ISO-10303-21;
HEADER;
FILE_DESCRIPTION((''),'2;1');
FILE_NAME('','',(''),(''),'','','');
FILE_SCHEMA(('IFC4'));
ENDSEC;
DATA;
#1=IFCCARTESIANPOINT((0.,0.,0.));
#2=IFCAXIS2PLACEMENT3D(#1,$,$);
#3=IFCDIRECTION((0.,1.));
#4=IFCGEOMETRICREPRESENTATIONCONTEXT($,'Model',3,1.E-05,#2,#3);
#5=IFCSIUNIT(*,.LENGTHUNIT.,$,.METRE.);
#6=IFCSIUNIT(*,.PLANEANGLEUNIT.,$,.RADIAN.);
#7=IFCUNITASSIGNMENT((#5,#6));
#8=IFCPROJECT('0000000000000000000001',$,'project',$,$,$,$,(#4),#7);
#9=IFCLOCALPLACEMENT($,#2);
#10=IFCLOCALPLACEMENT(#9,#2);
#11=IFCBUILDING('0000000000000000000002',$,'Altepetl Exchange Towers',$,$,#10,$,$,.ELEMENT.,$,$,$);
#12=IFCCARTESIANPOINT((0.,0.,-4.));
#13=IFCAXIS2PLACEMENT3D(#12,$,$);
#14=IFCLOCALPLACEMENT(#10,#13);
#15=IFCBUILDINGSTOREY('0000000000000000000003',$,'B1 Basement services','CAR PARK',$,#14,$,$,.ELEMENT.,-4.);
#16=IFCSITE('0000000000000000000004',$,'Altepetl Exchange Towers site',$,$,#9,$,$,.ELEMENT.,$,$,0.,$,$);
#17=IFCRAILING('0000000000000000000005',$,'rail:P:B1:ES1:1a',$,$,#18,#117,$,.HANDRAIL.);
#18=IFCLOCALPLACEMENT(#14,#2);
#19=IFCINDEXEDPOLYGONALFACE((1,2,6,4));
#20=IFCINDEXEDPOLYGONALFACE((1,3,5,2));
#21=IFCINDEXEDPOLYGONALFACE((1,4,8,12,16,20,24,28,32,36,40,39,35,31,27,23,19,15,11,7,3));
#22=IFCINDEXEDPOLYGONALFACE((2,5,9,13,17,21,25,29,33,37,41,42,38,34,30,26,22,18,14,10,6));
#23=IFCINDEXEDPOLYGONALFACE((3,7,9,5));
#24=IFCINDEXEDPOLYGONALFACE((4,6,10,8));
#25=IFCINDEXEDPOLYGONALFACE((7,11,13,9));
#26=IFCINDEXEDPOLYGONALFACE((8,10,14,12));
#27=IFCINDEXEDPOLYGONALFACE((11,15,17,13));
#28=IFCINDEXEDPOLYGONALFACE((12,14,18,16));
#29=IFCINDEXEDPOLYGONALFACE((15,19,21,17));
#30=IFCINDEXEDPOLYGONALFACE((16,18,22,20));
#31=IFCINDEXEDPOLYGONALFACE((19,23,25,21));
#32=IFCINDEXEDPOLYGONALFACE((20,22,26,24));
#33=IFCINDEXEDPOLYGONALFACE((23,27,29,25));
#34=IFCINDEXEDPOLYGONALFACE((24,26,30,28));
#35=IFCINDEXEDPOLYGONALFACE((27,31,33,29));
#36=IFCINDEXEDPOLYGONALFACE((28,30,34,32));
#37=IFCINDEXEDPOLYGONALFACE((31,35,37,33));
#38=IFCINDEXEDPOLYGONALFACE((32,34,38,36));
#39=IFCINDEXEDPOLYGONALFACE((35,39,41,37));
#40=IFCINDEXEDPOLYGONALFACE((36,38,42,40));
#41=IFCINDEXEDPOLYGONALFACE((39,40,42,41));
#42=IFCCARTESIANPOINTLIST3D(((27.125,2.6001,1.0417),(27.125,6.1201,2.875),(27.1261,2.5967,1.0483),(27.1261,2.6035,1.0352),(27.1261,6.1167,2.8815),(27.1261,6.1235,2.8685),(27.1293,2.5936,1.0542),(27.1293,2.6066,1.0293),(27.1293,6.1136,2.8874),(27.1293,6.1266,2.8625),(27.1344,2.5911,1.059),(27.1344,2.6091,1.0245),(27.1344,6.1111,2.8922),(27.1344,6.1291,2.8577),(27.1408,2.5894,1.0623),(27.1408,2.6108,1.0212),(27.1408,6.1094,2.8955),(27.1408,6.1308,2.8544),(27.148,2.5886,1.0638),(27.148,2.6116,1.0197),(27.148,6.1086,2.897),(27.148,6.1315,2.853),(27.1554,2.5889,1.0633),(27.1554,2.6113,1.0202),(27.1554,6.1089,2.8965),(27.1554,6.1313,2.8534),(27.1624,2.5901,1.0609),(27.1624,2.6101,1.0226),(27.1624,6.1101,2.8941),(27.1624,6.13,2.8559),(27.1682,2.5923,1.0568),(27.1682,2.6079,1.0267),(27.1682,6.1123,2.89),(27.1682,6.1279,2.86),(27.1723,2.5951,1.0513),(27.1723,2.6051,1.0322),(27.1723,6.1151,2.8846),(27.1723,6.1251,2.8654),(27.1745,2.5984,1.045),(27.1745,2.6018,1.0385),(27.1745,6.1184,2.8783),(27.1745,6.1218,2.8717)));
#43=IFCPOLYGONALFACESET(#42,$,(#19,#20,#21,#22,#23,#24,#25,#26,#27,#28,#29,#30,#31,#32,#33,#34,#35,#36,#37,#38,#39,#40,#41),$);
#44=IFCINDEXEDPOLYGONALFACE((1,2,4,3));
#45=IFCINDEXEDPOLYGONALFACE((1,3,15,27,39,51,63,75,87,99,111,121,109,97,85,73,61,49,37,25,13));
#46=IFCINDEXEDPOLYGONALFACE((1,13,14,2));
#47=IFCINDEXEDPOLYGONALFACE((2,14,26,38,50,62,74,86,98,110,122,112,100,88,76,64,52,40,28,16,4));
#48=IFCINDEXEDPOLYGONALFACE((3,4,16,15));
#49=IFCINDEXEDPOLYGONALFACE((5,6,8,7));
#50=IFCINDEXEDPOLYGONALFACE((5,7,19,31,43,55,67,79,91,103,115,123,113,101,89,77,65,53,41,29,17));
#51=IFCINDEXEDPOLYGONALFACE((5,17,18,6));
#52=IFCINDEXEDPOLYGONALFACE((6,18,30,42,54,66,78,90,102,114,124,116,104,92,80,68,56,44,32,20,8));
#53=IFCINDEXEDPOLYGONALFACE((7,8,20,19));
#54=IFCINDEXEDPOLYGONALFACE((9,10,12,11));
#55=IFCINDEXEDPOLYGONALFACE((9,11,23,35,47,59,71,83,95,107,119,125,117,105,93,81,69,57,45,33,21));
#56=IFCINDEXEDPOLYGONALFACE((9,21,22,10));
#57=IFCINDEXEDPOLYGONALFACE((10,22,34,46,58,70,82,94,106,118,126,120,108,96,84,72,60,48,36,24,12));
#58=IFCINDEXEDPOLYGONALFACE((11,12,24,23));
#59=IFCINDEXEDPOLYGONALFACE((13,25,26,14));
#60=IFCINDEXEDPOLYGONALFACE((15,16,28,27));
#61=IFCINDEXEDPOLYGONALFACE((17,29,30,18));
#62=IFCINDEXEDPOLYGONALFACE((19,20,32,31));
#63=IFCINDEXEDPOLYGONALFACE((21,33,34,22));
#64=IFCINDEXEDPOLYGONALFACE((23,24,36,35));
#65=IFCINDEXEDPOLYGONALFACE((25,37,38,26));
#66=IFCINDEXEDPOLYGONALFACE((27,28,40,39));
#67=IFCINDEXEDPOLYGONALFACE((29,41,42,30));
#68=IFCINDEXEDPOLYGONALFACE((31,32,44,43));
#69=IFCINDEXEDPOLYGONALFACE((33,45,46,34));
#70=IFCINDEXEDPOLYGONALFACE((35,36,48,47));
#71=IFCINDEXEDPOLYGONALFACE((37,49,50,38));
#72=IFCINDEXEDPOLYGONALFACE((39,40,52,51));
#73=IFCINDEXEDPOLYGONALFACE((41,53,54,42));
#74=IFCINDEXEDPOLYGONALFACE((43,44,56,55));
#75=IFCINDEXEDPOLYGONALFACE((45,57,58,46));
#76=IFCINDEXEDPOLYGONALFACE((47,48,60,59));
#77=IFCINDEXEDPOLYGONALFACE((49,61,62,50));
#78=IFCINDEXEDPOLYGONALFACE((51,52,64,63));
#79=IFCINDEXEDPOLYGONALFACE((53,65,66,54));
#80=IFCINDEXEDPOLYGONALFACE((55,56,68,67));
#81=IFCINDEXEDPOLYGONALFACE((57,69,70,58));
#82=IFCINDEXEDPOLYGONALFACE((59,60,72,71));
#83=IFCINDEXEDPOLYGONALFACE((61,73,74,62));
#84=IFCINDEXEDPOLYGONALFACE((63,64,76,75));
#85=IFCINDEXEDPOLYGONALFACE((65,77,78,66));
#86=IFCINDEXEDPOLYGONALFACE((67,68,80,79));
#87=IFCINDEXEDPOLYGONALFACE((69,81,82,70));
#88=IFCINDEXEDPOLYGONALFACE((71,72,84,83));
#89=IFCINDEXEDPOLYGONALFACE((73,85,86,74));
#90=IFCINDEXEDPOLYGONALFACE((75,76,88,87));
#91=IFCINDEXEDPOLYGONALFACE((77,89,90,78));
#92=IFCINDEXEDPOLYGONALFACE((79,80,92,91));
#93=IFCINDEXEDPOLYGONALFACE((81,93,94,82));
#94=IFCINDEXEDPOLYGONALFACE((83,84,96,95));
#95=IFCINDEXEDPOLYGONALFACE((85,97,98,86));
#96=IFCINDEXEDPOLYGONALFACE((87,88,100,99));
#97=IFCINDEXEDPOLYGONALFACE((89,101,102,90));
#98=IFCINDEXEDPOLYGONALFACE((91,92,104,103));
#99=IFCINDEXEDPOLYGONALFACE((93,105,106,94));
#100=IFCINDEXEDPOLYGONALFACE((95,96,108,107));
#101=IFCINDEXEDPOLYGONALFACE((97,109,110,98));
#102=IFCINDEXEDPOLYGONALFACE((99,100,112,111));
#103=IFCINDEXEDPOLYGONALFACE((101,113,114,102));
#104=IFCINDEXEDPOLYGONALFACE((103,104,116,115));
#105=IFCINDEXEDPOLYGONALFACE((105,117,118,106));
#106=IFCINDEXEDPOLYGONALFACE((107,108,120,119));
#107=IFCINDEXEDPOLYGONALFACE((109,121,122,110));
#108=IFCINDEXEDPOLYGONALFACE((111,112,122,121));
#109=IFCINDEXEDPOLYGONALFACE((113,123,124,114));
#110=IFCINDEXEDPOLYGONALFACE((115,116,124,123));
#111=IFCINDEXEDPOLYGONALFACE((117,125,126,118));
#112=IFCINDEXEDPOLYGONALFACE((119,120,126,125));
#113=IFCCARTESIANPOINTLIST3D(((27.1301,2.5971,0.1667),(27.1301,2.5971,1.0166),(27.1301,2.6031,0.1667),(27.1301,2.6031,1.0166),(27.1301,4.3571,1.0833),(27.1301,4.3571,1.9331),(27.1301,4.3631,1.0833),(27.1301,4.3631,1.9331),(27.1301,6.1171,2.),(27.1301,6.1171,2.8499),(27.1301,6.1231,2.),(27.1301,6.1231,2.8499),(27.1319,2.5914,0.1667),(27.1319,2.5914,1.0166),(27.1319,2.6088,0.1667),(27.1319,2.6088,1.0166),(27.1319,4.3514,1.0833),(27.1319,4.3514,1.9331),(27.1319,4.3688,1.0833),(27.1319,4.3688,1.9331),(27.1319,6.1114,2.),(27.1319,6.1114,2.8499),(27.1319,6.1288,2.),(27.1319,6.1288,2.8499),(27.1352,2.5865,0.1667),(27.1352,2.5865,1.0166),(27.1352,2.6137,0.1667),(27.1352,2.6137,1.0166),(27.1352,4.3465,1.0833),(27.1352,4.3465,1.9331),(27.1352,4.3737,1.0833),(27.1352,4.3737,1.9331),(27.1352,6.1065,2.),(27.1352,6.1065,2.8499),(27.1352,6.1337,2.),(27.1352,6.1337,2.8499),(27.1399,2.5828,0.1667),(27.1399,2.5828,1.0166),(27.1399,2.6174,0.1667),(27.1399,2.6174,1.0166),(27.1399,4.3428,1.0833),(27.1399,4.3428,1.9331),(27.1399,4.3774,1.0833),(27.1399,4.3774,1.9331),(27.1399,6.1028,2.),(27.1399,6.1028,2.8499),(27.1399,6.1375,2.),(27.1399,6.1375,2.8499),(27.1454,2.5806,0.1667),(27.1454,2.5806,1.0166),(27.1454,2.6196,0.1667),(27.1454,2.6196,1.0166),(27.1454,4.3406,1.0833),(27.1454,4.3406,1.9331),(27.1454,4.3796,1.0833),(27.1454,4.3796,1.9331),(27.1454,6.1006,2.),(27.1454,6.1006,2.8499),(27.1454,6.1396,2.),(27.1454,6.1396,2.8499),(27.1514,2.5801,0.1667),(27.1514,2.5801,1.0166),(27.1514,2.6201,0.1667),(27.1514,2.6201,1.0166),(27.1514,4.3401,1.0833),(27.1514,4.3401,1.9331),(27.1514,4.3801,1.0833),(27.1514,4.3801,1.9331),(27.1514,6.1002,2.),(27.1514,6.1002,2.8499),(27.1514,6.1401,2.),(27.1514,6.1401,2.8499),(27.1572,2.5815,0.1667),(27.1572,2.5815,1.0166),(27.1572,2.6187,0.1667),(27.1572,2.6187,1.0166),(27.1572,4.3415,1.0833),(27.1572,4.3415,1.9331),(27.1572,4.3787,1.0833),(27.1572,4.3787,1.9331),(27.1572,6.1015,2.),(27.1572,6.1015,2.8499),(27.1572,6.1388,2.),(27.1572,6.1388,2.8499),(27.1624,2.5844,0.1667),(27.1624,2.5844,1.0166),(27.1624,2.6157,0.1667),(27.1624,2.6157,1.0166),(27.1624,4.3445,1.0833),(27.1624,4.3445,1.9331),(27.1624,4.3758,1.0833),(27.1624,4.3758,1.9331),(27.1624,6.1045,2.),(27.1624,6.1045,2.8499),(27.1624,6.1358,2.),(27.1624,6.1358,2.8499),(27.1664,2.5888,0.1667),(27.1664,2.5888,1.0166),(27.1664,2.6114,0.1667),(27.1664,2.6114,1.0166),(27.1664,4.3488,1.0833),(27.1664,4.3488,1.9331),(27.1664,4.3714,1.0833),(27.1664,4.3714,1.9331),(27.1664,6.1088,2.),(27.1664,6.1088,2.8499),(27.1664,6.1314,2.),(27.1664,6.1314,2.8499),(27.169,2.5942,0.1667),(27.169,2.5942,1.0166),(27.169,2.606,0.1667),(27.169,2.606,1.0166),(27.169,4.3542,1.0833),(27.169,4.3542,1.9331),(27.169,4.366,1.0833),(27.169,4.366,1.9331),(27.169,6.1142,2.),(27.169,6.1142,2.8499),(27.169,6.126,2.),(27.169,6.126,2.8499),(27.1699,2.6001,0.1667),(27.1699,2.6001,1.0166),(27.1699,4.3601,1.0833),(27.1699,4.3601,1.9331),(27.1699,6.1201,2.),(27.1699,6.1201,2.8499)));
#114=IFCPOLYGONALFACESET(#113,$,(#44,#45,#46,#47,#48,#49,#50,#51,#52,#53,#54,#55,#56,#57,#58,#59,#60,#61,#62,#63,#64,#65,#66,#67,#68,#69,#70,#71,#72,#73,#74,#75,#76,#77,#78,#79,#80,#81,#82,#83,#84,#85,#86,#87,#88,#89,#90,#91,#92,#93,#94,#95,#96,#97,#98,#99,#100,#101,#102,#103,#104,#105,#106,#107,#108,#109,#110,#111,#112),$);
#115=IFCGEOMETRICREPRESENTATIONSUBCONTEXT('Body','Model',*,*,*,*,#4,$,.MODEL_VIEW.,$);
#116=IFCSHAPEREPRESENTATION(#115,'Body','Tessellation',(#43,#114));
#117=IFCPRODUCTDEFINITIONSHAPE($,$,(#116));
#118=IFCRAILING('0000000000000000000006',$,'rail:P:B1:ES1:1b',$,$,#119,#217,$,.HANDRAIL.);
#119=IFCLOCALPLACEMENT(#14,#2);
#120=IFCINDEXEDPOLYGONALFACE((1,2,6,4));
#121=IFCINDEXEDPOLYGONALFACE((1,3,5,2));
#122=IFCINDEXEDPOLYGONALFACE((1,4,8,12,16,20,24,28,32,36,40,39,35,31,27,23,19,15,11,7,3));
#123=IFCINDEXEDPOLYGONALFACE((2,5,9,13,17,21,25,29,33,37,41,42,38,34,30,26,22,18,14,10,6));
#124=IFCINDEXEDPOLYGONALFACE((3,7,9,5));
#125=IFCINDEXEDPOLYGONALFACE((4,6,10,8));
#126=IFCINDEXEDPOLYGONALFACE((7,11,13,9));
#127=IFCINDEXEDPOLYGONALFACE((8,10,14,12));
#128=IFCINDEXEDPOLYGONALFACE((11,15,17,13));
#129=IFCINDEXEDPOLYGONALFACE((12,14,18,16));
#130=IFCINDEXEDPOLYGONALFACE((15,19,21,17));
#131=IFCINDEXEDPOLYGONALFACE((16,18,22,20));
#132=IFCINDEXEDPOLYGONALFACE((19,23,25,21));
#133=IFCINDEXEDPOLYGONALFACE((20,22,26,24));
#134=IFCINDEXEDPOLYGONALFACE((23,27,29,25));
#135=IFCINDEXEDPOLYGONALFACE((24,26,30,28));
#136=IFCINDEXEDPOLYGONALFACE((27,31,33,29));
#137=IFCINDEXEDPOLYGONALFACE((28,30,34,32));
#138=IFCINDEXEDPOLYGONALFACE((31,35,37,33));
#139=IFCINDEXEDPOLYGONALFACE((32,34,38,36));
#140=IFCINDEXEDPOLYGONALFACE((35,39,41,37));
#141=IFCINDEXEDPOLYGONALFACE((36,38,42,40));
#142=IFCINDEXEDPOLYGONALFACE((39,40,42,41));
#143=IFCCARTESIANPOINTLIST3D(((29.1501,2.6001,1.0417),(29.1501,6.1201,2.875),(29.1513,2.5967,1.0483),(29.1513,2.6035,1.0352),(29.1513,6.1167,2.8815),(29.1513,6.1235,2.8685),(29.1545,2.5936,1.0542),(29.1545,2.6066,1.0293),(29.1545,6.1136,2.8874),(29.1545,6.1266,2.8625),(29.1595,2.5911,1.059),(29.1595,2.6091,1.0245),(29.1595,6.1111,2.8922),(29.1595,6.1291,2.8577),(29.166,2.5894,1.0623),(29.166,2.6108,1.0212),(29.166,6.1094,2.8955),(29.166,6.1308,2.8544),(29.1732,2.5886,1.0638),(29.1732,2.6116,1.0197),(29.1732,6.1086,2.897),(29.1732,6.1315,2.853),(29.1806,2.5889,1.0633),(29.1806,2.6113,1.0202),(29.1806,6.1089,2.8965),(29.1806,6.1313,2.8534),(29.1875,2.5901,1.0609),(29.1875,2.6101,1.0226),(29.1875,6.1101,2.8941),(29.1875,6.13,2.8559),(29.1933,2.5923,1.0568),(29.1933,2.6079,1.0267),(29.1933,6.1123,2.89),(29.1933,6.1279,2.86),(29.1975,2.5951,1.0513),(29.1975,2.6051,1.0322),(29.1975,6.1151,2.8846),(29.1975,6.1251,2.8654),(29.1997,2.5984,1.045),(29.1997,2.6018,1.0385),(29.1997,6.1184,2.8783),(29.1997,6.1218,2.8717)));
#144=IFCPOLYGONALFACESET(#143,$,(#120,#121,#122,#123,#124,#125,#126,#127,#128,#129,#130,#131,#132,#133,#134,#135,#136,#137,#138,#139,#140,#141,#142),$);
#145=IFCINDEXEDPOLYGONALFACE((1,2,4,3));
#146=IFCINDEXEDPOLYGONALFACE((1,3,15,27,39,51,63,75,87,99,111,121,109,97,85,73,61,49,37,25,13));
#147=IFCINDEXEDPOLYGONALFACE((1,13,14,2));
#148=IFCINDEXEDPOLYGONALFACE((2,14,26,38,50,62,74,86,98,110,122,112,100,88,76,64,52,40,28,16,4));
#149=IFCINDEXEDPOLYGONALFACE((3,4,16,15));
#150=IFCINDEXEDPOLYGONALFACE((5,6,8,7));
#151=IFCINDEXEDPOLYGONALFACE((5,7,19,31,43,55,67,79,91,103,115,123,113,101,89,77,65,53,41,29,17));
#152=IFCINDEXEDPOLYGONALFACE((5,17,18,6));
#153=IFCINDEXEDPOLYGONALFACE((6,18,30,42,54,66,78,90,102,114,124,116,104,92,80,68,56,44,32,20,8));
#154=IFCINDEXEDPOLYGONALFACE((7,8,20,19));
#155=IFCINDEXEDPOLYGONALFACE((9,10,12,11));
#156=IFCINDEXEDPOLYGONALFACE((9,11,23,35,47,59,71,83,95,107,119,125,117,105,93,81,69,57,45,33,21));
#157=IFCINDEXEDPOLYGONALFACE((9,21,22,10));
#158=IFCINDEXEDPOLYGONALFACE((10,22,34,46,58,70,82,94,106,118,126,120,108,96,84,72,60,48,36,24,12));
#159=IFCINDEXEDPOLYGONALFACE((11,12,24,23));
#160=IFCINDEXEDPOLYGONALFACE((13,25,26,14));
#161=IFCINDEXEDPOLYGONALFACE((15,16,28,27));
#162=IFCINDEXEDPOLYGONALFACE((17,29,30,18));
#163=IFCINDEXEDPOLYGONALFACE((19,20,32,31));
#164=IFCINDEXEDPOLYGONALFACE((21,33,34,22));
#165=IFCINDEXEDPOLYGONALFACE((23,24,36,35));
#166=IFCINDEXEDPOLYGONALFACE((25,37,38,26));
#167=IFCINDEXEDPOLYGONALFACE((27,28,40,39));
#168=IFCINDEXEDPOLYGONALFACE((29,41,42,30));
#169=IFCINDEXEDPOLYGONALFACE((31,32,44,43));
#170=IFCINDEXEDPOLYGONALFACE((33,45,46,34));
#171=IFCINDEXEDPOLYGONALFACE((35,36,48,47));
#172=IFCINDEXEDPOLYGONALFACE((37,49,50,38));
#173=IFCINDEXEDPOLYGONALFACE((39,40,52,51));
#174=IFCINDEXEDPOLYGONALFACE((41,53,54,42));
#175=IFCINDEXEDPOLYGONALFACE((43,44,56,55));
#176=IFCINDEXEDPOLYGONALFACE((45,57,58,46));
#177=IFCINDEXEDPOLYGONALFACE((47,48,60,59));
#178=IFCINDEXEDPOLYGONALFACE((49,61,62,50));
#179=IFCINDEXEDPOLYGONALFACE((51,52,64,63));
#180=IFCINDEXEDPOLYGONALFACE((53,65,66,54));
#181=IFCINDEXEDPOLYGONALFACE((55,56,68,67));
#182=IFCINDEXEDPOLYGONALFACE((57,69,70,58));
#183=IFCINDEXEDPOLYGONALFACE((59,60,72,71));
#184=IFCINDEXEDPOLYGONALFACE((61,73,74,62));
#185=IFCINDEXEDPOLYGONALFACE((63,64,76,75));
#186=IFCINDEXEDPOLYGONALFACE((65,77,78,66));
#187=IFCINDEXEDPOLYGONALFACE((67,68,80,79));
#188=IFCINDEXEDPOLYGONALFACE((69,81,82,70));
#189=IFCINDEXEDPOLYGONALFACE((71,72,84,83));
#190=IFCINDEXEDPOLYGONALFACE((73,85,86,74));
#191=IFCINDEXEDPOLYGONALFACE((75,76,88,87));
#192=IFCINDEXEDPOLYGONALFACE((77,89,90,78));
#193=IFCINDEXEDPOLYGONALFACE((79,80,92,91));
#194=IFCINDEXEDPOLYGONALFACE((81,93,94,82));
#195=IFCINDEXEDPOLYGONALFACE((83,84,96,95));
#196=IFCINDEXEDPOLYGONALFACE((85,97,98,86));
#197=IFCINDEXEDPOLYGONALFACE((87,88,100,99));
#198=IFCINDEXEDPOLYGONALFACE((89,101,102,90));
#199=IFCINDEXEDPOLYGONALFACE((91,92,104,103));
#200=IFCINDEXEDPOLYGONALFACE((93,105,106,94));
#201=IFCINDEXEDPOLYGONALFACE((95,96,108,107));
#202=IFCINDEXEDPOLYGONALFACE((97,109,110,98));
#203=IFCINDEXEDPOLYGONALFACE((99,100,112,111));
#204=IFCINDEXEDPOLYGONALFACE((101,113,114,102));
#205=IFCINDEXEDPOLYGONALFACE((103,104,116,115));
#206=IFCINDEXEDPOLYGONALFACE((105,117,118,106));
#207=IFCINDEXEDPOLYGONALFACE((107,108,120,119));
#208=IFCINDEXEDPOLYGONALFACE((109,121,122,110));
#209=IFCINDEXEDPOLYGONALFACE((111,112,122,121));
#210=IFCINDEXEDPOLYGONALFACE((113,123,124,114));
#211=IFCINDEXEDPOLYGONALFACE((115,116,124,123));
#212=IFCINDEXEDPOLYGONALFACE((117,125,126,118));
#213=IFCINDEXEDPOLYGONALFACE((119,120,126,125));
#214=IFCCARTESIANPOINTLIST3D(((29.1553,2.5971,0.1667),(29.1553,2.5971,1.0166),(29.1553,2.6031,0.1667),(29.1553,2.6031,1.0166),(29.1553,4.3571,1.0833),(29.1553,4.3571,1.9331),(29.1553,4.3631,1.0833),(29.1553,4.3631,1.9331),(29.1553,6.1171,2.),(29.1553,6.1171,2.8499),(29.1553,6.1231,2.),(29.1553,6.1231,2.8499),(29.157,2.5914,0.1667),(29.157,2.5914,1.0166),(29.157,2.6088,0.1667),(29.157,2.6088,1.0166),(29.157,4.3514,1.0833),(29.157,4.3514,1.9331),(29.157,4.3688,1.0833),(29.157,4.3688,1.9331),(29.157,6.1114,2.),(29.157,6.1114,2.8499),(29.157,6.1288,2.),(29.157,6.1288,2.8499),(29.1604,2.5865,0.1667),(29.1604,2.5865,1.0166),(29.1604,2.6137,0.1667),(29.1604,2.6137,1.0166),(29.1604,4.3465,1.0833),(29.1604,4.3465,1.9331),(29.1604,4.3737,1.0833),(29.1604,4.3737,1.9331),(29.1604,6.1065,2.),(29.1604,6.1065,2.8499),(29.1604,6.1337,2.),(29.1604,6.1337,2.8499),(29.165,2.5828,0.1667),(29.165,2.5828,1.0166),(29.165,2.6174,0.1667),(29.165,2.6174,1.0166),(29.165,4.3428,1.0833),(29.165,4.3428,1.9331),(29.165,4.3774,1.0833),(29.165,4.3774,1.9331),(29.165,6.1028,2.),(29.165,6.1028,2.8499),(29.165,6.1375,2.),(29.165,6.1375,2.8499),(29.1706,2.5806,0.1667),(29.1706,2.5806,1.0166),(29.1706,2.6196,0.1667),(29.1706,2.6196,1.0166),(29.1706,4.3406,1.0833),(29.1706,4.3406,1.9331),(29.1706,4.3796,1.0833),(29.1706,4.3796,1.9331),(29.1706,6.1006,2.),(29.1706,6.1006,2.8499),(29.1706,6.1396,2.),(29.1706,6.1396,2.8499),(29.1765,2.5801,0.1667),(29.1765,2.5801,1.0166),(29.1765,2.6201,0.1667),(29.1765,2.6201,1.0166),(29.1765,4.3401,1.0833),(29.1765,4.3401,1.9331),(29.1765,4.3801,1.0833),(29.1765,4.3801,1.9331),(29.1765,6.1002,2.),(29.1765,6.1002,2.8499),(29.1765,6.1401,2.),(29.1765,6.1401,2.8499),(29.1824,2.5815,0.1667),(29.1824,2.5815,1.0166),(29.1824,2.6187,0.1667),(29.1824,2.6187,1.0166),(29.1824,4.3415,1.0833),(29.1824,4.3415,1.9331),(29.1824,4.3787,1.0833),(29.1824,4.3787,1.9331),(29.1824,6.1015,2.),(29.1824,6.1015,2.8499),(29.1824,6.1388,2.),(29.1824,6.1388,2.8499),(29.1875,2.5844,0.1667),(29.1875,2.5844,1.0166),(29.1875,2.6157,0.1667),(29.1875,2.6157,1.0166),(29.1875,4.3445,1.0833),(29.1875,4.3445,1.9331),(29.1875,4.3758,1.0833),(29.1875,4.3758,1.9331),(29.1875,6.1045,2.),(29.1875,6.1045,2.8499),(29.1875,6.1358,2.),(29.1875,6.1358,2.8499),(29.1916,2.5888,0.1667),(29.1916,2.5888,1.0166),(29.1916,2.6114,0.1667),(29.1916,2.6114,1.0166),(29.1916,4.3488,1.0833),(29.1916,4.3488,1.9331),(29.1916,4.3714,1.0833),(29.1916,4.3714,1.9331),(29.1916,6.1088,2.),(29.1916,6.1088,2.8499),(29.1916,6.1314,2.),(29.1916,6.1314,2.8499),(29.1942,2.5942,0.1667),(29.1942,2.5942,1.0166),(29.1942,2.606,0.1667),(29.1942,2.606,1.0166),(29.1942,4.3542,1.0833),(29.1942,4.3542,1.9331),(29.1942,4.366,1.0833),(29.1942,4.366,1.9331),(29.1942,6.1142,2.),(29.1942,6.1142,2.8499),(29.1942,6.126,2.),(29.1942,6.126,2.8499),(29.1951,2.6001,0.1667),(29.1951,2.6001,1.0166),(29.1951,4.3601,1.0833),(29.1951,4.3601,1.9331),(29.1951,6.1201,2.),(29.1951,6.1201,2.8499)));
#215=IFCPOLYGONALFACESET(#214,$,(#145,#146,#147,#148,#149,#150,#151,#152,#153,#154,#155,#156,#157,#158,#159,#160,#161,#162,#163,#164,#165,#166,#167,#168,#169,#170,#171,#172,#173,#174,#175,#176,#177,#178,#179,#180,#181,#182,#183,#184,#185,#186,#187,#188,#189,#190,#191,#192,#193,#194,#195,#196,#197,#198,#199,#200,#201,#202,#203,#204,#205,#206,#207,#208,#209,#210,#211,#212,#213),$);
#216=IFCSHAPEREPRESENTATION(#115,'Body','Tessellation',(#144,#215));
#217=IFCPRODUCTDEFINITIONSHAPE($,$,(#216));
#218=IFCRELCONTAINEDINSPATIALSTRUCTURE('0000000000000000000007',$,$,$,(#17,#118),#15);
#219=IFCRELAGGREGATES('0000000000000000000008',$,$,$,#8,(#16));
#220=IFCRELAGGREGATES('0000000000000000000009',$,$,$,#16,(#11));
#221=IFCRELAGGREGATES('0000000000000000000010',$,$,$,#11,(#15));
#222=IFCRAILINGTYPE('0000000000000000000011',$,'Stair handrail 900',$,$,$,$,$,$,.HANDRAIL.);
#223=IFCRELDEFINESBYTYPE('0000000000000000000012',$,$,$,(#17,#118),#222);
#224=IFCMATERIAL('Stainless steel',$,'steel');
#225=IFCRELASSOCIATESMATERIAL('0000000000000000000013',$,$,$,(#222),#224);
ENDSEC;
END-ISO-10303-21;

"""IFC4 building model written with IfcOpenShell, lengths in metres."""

from ifc_helpers import new_model, si_unit, direction, frame, origin, origin_2d, place, context, subcontext, project, spatial, circle, extrude, source, transform, mapped, material, type_object, element, save


model = new_model("IFC4")

# Units and contexts
model_context = context("Model", 3, precision=1e-05, world=origin(), true_north=direction((0.0, 1.0)))
body_context = subcontext(model_context, "Body", "Model", "MODEL_VIEW")
ifc_project = project(units=[si_unit("LENGTHUNIT", "METRE"), si_unit("PLANEANGLEUNIT", "RADIAN")], contexts=[model_context])

# Site, building, storey
site_placement = place(None, origin())
site = spatial("IfcSite", under=ifc_project, at=site_placement, Name="Altepetl Exchange Towers site", CompositionType="ELEMENT", RefElevation=0.0)
building_placement = place(site_placement, origin())
building = spatial("IfcBuilding", under=site, at=building_placement, Name="Altepetl Exchange Towers", CompositionType="ELEMENT")
storey_placement = place(building_placement, frame((0.0, 0.0, -4.0)))
storey = spatial("IfcBuildingStorey", under=building, at=storey_placement, Name="B1 Basement services", Description="CAR PARK", CompositionType="ELEMENT", Elevation=-4.0)

# Railings
ifc_material_1 = material(Name="Stainless steel", Category="steel")
railing_type_1 = type_object("IfcRailingType", Name="Stair handrail 900", PredefinedType="HANDRAIL", material=ifc_material_1)
shared_shape_1 = source(origin(), body_context, "Body", "SweptSolid", [
    extrude(circle(Radius=0.02, at=origin_2d()), origin(), (0.0, 0.0, 1.0), 0.8499),
])
for number, where, name in (
    (1, (27.1499, 2.6001, 0.1667), "rail:P:B1:ES1:1a"),
    (2, (29.175, 2.6001, 0.1667), "rail:P:B1:ES1:1b"),
):
    element("IfcRailing", number, at=place(storey_placement, frame(where)), inside=storey, type_object=railing_type_1, Name=name, PredefinedType="HANDRAIL", context=body_context, shape_type="SweptSolid", body=[
        extrude(circle(Radius=0.0249, at=origin_2d()), frame((0.0, 0.0, 0.875), z_axis=(0.0, 0.886924, 0.461916), x_axis=(-1.0, 0.0, 0.0)), (0.0, 0.0, 1.0), 3.9688),
        mapped(shared_shape_1, transform((0.0, 0.0, 0.0))),
        mapped(shared_shape_1, transform((0.0, 1.76, 0.9165))),
        mapped(shared_shape_1, transform((0.0, 3.52, 1.8333))),
    ])

save(model, "model.ifc")
